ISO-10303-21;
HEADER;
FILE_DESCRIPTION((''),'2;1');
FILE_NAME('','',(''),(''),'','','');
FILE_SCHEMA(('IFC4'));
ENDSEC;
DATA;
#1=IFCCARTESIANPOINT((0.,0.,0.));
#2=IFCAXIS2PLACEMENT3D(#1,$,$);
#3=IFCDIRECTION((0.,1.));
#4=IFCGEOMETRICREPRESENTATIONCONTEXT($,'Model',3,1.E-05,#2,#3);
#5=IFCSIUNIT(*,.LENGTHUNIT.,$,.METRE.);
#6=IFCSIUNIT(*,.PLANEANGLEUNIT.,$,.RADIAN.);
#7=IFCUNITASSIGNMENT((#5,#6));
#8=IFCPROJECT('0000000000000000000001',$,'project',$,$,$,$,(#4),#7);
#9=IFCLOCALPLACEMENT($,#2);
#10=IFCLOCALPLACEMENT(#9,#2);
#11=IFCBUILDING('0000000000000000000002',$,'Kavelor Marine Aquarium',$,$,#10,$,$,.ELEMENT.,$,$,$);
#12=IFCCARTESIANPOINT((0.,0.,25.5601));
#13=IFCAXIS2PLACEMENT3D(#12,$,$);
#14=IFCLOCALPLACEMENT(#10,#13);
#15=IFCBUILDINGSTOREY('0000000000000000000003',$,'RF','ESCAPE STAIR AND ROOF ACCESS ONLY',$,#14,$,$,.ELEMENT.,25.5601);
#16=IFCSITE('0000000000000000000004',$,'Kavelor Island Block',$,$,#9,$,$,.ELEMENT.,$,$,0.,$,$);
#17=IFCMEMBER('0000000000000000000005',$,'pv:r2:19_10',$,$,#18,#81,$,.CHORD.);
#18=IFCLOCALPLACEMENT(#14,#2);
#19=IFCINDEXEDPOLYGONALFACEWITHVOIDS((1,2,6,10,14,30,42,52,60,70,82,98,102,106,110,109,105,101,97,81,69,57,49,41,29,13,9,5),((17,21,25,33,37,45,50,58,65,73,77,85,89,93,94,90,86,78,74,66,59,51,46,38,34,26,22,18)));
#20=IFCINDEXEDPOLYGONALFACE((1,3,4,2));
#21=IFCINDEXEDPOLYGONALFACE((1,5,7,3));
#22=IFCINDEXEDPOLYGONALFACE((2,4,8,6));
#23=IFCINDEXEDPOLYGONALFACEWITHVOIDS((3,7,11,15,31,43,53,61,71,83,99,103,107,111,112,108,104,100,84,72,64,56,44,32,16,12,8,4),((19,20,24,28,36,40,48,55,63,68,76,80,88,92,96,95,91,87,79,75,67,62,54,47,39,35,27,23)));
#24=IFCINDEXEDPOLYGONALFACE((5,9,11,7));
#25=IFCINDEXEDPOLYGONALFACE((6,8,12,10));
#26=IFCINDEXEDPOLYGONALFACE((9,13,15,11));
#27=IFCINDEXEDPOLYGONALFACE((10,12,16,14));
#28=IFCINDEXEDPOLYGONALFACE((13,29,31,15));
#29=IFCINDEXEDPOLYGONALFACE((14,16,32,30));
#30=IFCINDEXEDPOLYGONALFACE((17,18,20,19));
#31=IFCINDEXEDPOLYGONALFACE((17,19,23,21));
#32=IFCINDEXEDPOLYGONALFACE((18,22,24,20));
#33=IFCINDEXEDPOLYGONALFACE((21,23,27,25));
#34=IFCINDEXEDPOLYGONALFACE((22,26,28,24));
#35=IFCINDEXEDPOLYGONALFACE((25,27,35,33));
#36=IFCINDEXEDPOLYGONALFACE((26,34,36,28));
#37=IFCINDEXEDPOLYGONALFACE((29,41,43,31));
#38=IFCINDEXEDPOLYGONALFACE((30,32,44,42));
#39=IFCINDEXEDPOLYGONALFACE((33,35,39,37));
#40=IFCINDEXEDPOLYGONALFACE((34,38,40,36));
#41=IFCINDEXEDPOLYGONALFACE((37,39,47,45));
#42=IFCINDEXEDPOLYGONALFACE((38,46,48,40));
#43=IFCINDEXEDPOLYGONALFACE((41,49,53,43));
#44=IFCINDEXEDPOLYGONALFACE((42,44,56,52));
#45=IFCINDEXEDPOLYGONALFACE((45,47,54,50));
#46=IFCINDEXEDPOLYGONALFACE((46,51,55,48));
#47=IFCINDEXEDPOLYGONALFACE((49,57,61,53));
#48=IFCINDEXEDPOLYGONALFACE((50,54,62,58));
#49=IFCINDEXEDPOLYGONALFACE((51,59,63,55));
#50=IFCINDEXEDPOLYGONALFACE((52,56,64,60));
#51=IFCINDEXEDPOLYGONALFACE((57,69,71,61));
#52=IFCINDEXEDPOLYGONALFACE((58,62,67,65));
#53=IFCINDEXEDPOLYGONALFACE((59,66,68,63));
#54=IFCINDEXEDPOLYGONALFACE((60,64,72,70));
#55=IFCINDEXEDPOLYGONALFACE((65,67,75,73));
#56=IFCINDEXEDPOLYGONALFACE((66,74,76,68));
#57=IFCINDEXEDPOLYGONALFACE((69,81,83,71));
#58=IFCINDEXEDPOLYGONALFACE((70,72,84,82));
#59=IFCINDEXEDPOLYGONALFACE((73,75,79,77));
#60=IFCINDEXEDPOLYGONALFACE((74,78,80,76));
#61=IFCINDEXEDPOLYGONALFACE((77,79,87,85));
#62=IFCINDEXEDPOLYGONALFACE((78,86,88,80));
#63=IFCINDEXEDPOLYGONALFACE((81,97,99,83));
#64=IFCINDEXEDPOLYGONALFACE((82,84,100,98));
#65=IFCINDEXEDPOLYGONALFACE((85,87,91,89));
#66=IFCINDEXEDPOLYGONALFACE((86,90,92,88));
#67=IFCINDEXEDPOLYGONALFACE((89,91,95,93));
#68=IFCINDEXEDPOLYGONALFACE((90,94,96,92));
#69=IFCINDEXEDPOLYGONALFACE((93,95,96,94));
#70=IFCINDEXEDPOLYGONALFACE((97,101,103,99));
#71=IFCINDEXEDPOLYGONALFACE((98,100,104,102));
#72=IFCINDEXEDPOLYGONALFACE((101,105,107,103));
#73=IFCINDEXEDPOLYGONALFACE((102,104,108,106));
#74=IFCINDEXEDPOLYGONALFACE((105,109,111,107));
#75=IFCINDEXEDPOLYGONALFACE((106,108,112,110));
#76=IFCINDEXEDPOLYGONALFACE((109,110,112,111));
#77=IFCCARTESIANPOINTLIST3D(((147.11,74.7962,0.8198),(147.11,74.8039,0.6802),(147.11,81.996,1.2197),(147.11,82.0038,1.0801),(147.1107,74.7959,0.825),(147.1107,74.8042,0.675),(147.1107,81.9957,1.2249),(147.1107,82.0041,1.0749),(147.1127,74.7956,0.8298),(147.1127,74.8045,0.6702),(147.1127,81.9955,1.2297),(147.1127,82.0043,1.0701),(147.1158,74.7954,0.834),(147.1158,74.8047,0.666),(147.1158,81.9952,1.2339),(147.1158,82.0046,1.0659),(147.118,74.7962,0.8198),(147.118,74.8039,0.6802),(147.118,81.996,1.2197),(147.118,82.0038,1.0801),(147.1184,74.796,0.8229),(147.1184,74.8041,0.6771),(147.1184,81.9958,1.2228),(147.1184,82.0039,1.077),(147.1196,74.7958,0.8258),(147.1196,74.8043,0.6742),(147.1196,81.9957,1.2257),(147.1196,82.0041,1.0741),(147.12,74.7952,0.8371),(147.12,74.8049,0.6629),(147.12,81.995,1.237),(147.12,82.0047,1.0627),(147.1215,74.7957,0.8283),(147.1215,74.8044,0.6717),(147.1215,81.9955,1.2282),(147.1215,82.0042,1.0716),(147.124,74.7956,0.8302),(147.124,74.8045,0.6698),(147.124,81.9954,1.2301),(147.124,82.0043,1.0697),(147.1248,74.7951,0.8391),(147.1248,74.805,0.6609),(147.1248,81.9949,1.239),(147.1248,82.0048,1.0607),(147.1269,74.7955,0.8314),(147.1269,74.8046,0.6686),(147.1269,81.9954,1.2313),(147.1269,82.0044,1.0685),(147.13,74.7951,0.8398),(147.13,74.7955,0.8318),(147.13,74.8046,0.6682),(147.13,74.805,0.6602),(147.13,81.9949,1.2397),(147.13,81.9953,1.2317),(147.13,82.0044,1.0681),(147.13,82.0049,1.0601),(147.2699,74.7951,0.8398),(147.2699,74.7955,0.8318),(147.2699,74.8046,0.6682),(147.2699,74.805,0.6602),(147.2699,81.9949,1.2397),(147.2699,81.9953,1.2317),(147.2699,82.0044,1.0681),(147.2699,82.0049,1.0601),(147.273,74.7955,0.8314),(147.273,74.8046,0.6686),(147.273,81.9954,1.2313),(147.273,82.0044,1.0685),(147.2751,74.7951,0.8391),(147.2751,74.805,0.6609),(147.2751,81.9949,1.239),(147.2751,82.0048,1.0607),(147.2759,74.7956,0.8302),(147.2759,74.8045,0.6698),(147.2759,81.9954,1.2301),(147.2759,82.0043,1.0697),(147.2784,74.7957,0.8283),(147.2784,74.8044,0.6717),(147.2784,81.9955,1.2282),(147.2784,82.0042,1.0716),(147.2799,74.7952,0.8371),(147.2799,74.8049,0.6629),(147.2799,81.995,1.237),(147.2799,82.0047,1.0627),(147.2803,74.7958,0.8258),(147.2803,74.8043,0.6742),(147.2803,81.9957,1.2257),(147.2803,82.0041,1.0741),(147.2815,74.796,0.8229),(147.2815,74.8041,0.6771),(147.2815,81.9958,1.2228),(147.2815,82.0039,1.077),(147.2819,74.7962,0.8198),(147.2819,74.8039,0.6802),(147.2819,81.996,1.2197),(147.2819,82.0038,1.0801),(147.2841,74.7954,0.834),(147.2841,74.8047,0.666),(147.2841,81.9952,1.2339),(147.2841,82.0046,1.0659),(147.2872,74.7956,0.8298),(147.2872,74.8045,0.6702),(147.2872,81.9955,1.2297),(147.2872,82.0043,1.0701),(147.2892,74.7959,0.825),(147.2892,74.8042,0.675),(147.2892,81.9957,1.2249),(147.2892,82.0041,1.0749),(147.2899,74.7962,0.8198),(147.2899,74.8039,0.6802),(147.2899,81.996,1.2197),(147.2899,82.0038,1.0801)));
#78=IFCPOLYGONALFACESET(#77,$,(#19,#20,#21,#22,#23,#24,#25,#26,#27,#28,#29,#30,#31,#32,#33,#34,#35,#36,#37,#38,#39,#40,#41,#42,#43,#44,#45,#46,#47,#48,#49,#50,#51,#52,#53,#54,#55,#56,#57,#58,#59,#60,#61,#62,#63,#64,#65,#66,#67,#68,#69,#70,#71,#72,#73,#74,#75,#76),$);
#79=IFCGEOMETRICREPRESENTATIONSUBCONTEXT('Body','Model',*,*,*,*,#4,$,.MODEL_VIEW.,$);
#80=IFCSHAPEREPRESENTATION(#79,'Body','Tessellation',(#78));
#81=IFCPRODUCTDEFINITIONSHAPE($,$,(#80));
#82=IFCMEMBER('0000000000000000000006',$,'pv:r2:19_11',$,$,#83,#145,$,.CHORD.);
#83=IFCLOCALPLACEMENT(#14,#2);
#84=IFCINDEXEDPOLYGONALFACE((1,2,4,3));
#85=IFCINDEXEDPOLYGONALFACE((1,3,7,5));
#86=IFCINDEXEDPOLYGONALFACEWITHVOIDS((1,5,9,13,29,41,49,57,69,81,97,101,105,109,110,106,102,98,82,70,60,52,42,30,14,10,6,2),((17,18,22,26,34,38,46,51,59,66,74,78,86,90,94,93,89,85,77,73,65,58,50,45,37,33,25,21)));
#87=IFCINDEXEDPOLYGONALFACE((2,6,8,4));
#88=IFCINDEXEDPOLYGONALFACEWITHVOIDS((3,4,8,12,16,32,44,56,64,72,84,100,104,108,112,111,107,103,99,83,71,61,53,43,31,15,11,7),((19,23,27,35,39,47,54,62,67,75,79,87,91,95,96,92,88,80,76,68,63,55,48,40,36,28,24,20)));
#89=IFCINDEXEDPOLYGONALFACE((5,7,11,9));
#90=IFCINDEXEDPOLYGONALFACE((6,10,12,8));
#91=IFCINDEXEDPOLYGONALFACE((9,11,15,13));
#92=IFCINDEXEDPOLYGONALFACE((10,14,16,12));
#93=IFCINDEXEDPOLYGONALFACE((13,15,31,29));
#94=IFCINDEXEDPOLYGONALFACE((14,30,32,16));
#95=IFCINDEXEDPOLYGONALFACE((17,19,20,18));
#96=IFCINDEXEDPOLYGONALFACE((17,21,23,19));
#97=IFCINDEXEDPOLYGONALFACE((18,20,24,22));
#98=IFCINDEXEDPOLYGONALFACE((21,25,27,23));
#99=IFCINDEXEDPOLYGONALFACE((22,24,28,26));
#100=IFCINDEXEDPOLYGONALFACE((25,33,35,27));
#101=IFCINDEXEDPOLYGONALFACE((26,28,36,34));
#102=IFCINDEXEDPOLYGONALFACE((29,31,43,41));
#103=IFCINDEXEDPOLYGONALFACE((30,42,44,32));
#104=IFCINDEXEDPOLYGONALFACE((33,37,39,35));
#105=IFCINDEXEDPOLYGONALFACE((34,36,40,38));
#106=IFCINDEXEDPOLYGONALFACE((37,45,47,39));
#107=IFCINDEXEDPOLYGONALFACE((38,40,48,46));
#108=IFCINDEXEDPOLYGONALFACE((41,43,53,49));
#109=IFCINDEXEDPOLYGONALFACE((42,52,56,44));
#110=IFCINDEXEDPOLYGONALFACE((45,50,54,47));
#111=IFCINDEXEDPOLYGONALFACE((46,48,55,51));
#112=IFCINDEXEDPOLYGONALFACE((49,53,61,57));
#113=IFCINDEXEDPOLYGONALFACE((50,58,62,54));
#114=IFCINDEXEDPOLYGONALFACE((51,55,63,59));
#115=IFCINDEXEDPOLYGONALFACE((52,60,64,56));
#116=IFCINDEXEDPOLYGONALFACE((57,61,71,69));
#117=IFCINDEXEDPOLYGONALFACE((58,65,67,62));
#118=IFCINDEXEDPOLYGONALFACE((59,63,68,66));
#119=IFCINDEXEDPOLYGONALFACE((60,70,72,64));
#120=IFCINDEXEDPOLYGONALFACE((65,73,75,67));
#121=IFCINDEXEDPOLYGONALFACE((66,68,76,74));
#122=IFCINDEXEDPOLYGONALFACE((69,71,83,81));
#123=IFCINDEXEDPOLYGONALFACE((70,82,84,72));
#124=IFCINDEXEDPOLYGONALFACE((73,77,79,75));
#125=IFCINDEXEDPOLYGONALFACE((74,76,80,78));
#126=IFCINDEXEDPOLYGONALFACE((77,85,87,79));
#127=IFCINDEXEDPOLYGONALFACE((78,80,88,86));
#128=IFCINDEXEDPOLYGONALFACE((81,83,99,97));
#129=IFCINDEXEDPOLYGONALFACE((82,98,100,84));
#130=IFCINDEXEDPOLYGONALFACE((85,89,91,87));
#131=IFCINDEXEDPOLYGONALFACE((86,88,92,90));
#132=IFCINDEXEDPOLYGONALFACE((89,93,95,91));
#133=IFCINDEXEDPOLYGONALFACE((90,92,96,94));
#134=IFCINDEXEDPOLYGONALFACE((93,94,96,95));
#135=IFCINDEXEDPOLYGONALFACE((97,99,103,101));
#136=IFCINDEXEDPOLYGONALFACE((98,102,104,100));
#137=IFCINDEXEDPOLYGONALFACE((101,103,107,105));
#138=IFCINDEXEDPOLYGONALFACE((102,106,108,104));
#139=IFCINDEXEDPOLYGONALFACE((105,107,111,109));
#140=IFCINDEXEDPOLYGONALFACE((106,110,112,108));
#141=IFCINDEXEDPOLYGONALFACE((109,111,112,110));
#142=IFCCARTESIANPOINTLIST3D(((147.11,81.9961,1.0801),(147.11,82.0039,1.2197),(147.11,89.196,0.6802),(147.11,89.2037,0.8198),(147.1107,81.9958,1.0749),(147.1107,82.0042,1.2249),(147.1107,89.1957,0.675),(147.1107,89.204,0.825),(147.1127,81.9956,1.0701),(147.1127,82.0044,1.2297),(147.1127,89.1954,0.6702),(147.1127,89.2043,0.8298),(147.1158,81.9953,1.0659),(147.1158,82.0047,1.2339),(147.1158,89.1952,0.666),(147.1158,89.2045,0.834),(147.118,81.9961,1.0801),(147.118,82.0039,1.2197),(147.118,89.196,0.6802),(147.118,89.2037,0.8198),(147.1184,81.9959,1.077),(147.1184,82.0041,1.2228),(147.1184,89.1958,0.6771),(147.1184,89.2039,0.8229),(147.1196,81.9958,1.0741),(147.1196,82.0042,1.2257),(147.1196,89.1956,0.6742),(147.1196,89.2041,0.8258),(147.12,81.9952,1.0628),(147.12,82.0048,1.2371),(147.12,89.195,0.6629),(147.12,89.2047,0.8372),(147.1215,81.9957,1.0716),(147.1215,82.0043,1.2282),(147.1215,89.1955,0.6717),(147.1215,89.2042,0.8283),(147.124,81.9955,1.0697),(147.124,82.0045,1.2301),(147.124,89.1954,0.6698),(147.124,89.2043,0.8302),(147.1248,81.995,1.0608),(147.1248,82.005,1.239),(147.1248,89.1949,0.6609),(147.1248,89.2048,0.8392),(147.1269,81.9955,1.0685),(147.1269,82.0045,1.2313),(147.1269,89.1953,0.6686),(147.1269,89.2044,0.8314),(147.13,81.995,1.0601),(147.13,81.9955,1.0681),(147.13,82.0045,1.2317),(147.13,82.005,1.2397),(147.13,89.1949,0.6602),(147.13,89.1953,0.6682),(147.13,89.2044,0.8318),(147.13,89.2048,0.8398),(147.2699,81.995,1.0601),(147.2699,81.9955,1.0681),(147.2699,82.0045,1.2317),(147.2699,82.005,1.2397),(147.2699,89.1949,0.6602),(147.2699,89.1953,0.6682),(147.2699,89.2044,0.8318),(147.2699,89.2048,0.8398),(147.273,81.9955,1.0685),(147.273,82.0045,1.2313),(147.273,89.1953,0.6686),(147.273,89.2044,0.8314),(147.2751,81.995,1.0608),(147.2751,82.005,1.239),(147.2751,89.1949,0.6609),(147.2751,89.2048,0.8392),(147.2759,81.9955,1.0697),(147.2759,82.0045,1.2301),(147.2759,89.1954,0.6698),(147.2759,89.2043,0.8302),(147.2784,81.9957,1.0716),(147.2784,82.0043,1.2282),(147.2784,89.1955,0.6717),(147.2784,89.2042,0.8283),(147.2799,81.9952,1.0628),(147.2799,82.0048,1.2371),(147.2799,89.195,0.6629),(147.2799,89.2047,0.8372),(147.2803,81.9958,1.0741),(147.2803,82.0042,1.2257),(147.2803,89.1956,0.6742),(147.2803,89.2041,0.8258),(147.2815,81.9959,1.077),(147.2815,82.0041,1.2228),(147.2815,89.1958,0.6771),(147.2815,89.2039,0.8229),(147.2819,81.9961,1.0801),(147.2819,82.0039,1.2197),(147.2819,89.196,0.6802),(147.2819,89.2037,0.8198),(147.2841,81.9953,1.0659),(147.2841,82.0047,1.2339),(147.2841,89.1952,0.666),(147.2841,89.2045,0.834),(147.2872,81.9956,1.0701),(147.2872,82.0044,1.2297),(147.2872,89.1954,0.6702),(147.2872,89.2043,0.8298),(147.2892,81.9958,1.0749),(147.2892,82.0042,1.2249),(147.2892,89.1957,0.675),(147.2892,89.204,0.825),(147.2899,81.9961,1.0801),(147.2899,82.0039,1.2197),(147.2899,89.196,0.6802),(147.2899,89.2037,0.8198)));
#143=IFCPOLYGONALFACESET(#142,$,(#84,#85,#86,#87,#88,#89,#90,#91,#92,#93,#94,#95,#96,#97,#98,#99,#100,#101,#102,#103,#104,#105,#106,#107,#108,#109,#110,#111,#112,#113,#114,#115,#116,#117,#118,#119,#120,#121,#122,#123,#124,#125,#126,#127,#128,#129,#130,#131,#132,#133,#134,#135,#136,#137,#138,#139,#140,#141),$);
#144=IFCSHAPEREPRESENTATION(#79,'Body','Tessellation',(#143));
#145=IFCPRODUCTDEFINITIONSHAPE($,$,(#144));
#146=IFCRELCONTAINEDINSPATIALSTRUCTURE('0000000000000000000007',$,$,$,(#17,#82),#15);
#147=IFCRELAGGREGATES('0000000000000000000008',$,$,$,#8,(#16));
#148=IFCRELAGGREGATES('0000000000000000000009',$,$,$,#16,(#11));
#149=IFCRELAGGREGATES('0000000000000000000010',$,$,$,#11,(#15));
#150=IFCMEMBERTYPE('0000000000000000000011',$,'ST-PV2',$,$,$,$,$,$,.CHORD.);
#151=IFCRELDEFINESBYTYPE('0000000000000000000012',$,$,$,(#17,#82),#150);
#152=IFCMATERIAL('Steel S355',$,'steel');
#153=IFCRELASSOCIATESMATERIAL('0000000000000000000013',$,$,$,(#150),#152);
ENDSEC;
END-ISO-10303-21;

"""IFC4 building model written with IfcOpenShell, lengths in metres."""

from ifc_helpers import new_model, si_unit, direction, frame, origin, origin_2d, place, context, subcontext, project, spatial, hollow_rectangle, extrude, material, material_profile, profile_set, type_object, element, save


model = new_model("IFC4")

# Units and contexts
model_context = context("Model", 3, precision=1e-05, world=origin(), true_north=direction((0.0, 1.0)))
body_context = subcontext(model_context, "Body", "Model", "MODEL_VIEW")
ifc_project = project(units=[si_unit("LENGTHUNIT", "METRE"), si_unit("PLANEANGLEUNIT", "RADIAN")], contexts=[model_context])

# Site, building, storey
site_placement = place(None, origin())
site = spatial("IfcSite", under=ifc_project, at=site_placement, Name="Kavelor Island Block", CompositionType="ELEMENT", RefElevation=0.0)
building_placement = place(site_placement, origin())
building = spatial("IfcBuilding", under=site, at=building_placement, Name="Kavelor Marine Aquarium", CompositionType="ELEMENT")
storey_placement = place(building_placement, frame((0.0, 0.0, 25.5601)))
storey = spatial("IfcBuildingStorey", under=building, at=storey_placement, Name="RF", Description="ESCAPE STAIR AND ROOF ACCESS ONLY", CompositionType="ELEMENT", Elevation=25.5601)

# Members
ifc_material_1 = material(Name="Steel S355", Category="steel")
ifc_material_profile_1 = material_profile(ifc_material_1, hollow_rectangle(XDim=0.1799, YDim=0.1799, WallThickness=0.0081, InnerFilletRadius=0.012, OuterFilletRadius=0.02, at=origin_2d()), Name="SHS 180x180x8.0")
ifc_profile_set_1 = profile_set([ifc_material_profile_1], Name="Steel S355")
member_type_1 = type_object("IfcMemberType", Name="ST-PV2", PredefinedType="CHORD", material=ifc_profile_set_1)
for number, where, z_axis, x_axis, name in (
    (1, (147.2, 74.8, 0.75), (0.0, 0.998461, 0.055457), (-1.0, 0.0, 0.0), "pv:r2:19_10"),
    (2, (147.2, 82.0, 1.1499), (0.0, 0.998461, -0.055457), (-1.0, 0.0, 0.0), "pv:r2:19_11"),
):
    element("IfcMember", number, at=place(storey_placement, frame(where, z_axis=z_axis, x_axis=x_axis)), inside=storey, type_object=member_type_1, Name=name, PredefinedType="CHORD", context=body_context, shape_type="SweptSolid", body=[
        extrude(hollow_rectangle(XDim=0.1799, YDim=0.1799, WallThickness=0.0081, InnerFilletRadius=0.012, OuterFilletRadius=0.02, at=origin_2d()), origin(), (0.0, 0.0, 1.0), 7.2109),
    ])

save(model, "model.ifc")
